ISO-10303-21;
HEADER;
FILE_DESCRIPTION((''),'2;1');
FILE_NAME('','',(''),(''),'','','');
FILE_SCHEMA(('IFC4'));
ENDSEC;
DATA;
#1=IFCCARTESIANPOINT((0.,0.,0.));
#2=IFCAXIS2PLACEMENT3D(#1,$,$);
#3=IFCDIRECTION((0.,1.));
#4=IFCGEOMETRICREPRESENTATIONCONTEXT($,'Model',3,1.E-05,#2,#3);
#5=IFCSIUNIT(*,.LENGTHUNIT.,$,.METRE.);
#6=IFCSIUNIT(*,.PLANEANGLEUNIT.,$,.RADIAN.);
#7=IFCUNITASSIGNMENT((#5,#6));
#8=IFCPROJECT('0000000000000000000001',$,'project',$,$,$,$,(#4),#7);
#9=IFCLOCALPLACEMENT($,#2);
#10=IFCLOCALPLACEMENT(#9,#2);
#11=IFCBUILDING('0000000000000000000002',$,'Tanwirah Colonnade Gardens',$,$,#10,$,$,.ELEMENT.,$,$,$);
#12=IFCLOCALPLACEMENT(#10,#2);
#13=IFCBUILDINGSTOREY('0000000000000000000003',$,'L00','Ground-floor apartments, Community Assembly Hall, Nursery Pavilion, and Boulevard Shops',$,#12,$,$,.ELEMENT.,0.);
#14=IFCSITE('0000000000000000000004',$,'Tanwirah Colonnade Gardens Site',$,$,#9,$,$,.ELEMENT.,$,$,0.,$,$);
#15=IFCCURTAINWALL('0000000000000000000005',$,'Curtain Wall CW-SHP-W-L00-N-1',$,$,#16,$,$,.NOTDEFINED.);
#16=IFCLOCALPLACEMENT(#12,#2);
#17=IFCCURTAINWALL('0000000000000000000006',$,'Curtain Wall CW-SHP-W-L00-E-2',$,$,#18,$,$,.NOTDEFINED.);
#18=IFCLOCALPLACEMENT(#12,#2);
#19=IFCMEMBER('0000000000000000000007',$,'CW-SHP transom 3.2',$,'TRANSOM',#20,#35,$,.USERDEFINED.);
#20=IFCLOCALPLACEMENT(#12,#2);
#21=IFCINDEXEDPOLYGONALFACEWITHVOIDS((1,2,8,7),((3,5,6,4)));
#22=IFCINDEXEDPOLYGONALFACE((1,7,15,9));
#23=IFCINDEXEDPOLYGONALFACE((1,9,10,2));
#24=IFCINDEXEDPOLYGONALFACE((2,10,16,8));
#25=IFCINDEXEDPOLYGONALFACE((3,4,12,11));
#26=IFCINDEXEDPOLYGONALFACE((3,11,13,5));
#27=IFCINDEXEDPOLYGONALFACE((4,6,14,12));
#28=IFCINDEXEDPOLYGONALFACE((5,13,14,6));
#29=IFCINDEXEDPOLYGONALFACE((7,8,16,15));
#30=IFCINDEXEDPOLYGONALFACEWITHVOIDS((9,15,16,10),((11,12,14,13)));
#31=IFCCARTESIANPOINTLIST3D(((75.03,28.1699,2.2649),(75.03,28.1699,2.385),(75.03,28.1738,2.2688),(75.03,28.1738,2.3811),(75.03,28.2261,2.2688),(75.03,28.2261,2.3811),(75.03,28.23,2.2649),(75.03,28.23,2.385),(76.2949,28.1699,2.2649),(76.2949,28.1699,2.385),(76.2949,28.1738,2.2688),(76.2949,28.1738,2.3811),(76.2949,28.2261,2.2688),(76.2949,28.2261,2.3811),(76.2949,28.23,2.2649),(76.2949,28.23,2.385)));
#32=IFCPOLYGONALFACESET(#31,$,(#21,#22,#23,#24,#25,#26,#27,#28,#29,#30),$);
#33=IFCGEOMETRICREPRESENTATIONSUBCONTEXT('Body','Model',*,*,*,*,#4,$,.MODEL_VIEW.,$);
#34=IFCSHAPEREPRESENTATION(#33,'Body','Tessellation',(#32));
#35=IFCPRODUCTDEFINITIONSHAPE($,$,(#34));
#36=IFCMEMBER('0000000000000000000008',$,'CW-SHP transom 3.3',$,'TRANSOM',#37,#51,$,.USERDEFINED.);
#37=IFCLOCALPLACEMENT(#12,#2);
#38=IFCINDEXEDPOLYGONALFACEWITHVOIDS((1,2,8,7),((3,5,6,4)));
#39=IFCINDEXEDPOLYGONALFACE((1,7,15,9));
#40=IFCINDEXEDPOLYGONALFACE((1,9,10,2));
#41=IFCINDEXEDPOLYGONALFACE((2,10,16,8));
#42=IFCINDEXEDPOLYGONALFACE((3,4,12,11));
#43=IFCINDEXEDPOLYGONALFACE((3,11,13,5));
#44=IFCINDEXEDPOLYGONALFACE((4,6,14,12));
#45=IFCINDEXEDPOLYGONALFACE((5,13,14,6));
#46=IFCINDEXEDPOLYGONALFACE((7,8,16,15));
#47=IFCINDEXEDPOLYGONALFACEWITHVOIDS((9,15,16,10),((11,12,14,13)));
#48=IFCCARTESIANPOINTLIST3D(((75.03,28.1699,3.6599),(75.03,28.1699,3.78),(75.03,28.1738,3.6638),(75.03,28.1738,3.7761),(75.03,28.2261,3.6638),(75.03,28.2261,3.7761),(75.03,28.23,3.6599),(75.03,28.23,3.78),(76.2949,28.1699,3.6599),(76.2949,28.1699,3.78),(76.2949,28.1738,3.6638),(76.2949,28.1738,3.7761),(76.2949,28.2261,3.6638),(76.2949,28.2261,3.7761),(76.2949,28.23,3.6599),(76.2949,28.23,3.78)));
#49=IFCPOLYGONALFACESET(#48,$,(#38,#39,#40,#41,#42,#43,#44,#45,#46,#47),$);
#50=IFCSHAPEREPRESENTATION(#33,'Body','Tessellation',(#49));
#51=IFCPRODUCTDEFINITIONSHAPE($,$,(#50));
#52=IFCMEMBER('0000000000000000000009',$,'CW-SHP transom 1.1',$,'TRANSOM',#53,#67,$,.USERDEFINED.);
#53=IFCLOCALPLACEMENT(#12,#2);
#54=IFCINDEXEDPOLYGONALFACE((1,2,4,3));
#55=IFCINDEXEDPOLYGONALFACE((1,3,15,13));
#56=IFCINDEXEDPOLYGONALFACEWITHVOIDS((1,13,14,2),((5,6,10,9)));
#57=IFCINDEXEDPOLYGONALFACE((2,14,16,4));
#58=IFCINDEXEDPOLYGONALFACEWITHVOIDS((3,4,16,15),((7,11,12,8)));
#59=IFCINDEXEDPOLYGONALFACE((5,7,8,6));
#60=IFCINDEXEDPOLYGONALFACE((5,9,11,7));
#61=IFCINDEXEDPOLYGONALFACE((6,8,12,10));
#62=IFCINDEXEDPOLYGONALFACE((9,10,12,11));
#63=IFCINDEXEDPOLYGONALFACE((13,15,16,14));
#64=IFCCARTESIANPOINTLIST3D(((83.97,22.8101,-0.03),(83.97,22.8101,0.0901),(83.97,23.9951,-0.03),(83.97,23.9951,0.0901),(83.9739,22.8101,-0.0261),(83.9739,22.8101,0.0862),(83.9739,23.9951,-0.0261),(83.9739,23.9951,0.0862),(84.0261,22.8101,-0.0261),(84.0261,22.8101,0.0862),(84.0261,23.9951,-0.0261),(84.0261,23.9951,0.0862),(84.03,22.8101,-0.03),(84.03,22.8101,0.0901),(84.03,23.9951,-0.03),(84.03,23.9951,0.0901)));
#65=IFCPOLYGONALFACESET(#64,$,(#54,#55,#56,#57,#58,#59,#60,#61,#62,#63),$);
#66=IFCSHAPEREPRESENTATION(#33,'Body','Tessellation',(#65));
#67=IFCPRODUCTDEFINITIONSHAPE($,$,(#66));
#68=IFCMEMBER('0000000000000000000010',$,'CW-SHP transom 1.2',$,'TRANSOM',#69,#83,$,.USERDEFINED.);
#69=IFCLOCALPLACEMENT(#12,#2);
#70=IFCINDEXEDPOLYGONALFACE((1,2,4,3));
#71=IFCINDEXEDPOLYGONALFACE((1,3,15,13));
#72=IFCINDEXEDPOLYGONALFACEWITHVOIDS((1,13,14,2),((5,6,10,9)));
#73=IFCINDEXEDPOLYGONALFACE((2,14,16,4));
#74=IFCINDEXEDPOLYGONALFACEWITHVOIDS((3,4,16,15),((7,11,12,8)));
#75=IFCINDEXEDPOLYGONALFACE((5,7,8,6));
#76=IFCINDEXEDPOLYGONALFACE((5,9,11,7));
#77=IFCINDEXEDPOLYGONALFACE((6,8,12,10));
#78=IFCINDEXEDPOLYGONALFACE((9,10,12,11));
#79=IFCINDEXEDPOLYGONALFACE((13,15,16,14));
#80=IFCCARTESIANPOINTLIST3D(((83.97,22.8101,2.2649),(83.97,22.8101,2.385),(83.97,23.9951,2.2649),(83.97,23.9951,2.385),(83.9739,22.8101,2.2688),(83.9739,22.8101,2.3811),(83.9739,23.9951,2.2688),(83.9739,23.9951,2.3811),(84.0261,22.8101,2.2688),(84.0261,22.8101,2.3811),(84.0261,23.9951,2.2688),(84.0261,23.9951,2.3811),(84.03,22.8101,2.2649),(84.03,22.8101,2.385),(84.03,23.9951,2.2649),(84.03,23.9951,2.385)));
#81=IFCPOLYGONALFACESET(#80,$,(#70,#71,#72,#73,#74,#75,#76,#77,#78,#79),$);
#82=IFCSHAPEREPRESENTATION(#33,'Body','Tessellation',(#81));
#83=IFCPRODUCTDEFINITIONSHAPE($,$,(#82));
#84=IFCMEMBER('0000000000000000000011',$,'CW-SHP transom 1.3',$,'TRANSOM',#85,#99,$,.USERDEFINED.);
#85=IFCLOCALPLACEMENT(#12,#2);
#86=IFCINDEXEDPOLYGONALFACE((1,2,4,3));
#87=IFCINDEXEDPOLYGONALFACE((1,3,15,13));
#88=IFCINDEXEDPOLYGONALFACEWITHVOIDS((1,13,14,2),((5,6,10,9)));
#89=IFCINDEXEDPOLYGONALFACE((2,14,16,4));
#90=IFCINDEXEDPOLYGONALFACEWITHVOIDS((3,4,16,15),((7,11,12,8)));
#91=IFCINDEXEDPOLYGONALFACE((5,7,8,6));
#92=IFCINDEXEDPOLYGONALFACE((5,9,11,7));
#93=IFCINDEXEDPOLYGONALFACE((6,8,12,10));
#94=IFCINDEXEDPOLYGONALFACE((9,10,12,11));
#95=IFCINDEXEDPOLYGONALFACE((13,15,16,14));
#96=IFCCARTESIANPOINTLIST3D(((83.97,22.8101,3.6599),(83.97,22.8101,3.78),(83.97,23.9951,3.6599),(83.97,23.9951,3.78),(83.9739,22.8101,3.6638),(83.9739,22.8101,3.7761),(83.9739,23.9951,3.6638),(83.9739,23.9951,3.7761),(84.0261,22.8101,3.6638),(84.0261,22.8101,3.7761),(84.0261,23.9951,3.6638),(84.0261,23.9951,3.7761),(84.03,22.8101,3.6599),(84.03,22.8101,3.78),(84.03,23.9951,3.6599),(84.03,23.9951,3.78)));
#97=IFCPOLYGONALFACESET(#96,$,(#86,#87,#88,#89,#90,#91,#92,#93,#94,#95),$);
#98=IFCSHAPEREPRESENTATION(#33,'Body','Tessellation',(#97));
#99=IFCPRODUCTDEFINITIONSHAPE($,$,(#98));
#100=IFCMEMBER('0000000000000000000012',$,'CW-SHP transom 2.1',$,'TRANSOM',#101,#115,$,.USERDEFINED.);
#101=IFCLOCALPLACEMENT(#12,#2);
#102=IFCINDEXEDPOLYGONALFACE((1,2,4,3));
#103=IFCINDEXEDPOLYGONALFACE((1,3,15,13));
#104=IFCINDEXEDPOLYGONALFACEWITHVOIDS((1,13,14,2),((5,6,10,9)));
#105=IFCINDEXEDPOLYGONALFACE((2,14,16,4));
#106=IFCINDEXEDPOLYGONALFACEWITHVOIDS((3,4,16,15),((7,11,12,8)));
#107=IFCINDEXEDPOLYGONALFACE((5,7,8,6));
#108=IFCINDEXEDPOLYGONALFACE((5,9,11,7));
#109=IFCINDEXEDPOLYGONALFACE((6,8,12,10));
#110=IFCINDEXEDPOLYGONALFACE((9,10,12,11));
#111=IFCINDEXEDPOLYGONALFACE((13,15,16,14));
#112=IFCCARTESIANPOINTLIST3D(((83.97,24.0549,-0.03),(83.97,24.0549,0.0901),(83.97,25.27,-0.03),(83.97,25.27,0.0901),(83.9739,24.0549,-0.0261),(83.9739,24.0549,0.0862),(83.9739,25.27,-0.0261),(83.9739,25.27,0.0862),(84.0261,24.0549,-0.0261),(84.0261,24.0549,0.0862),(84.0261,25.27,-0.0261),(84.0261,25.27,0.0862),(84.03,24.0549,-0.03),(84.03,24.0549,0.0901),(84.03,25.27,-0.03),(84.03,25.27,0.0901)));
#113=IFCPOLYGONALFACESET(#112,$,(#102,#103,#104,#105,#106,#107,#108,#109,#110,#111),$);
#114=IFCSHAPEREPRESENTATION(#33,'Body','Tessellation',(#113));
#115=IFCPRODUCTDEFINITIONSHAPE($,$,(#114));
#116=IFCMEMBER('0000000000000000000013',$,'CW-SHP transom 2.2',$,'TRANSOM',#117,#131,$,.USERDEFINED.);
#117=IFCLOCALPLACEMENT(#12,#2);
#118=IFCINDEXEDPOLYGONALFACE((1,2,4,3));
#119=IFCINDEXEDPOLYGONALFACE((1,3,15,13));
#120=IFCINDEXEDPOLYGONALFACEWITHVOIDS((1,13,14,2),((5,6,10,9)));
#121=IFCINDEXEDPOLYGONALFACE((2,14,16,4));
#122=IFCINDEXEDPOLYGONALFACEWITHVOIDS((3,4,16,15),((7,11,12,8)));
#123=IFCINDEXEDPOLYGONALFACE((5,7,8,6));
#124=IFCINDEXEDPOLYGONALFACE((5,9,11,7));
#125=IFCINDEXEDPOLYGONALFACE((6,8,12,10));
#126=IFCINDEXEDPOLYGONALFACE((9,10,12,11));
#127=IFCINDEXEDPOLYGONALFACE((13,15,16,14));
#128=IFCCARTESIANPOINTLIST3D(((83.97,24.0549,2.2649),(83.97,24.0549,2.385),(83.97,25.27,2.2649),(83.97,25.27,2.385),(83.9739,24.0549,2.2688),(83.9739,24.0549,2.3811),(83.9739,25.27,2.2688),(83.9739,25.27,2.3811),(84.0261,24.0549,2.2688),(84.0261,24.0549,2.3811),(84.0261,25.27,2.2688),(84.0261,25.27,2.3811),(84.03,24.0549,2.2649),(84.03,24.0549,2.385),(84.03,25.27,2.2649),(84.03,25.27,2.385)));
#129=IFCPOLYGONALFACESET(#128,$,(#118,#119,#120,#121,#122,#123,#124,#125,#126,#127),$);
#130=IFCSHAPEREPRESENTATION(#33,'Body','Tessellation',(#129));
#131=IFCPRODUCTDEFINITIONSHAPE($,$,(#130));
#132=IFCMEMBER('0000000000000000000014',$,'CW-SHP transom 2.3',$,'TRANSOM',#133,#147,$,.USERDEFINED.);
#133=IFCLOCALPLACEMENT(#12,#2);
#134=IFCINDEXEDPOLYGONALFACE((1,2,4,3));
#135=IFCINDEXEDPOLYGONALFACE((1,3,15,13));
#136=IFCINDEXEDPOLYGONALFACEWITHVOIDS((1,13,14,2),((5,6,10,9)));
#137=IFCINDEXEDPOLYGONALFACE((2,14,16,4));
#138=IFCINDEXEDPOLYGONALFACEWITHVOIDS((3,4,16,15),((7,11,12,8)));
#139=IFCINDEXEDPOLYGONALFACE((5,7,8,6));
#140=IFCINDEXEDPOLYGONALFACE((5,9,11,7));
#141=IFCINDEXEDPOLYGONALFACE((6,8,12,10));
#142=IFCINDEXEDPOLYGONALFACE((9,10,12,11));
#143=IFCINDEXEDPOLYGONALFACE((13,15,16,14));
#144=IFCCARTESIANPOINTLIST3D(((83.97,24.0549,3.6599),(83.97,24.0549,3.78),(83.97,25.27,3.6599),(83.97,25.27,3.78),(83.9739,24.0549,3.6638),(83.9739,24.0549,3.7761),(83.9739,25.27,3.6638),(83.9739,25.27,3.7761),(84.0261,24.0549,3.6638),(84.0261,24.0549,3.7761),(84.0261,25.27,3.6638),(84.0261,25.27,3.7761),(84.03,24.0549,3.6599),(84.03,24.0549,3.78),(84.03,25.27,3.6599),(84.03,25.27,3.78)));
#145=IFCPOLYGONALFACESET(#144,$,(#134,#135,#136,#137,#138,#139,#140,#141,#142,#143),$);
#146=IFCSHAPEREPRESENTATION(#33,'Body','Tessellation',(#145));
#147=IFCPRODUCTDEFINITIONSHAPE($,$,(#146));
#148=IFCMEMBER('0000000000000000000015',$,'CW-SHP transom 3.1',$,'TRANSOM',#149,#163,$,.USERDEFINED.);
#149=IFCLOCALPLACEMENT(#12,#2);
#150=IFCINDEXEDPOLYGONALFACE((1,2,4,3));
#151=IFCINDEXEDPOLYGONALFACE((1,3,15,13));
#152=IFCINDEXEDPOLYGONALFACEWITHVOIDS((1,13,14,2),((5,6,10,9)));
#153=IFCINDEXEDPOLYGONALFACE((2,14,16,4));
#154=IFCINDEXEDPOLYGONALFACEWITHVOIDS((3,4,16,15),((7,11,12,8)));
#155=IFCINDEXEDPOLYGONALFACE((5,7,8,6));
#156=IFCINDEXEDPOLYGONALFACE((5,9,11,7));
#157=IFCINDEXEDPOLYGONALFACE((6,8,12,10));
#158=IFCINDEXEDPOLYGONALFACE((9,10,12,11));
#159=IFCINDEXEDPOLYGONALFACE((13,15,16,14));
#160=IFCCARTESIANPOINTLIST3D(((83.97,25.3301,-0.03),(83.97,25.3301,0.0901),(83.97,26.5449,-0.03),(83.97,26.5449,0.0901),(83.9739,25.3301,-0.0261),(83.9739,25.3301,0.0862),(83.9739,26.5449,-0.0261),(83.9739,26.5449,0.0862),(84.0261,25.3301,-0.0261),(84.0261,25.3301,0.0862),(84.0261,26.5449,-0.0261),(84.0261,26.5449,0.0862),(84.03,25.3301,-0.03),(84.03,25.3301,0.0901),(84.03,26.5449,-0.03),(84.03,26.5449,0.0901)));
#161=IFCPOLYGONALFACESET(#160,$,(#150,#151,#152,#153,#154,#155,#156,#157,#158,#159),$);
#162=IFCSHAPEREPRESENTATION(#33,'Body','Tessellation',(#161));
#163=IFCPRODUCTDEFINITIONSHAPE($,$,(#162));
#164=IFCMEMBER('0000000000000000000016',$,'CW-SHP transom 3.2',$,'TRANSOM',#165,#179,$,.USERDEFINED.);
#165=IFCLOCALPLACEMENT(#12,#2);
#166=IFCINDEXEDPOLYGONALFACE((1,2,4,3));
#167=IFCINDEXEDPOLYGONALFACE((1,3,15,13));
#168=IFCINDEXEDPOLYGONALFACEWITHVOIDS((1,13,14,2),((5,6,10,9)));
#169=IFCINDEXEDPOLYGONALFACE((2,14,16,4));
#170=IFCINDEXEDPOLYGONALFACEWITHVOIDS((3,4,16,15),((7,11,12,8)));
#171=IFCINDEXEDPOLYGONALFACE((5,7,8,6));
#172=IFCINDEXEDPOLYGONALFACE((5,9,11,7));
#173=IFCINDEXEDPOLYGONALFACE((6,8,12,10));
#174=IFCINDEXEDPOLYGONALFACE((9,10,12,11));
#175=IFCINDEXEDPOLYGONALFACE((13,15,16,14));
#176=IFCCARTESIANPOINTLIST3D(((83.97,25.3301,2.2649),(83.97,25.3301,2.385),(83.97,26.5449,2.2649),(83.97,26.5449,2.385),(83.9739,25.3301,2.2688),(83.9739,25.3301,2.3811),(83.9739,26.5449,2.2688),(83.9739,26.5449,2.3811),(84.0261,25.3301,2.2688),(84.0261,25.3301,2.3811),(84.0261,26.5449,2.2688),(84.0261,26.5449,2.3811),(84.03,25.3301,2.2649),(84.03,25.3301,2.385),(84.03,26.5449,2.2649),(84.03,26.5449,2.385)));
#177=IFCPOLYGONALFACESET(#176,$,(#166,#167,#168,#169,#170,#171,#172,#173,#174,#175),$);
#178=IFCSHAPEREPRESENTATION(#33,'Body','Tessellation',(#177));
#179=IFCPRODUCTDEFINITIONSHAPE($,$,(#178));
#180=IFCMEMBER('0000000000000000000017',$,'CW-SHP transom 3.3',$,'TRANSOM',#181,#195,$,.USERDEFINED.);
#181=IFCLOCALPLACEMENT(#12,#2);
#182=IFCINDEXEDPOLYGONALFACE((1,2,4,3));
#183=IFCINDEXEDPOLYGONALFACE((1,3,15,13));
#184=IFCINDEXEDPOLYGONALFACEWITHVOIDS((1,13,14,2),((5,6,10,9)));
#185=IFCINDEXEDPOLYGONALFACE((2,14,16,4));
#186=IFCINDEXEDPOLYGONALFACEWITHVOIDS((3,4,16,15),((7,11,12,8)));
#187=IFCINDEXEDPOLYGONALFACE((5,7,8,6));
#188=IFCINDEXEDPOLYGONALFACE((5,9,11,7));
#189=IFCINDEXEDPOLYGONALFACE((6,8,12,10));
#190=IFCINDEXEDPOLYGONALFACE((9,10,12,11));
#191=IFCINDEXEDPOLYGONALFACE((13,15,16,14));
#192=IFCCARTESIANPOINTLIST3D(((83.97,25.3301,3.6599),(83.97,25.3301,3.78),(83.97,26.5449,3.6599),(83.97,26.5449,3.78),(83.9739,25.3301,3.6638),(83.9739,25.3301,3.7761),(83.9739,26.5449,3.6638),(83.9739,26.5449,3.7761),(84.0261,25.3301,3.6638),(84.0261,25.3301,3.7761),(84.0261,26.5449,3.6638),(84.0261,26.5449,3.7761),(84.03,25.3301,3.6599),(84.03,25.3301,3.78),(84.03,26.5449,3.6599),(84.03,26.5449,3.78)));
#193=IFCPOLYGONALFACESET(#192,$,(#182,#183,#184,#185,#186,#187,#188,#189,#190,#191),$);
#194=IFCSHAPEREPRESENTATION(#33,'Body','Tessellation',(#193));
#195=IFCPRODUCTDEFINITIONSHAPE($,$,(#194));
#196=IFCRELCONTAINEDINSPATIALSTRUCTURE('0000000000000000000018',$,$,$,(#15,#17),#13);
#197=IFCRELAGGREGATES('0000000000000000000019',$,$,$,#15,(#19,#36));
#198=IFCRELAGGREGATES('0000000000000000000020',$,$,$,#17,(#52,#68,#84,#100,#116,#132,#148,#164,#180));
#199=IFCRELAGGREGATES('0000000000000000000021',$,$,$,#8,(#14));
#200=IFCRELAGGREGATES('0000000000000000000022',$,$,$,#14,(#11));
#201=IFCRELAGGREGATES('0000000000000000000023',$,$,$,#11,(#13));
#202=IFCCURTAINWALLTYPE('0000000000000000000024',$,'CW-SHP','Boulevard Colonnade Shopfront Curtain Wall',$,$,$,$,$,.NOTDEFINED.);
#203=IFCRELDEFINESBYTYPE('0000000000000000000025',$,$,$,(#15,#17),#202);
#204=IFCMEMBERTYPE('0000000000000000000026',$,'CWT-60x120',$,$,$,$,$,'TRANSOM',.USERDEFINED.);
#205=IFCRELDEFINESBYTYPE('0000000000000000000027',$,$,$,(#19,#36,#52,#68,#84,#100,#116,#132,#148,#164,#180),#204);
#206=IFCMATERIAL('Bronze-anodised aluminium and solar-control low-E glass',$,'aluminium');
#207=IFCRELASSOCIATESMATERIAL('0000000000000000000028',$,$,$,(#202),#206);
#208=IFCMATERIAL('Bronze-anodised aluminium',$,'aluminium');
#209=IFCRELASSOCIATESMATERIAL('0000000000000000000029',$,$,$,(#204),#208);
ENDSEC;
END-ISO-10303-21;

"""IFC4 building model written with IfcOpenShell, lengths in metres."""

from ifc_helpers import new_model, si_unit, direction, frame, origin, origin_2d, place, context, subcontext, project, spatial, hollow_rectangle, extrude, material, material_profile, profile_set, type_object, element, aggregate, save


model = new_model("IFC4")

# Units and contexts
model_context = context("Model", 3, precision=1e-05, world=origin(), true_north=direction((0.0, 1.0)))
body_context = subcontext(model_context, "Body", "Model", "MODEL_VIEW")
ifc_project = project(units=[si_unit("LENGTHUNIT", "METRE"), si_unit("PLANEANGLEUNIT", "RADIAN")], contexts=[model_context])

# Site, building, storey
site_placement = place(None, origin())
site = spatial("IfcSite", under=ifc_project, at=site_placement, Name="Tanwirah Colonnade Gardens Site", CompositionType="ELEMENT", RefElevation=0.0)
building_placement = place(site_placement, origin())
building = spatial("IfcBuilding", under=site, at=building_placement, Name="Tanwirah Colonnade Gardens", CompositionType="ELEMENT")
storey_placement = place(building_placement, origin())
storey = spatial("IfcBuildingStorey", under=building, at=storey_placement, Name="L00", Description="Ground-floor apartments, Community Assembly Hall, Nursery Pavilion, and Boulevard Shops", CompositionType="ELEMENT", Elevation=0.0)

# Curtain walls
ifc_material_1 = material(Name="Bronze-anodised aluminium and solar-control low-E glass", Category="aluminium")
curtain_wall_type = type_object("IfcCurtainWallType", Name="CW-SHP", Description="Boulevard Colonnade Shopfront Curtain Wall", PredefinedType="NOTDEFINED", material=ifc_material_1)
curtain_wall_1_placement = place(storey_placement, origin())
curtain_wall_1 = element("IfcCurtainWall", 1, at=curtain_wall_1_placement, inside=storey, type_object=curtain_wall_type, Name="Curtain Wall CW-SHP-W-L00-N-1", PredefinedType="NOTDEFINED")
ifc_material_2 = material(Name="Bronze-anodised aluminium", Category="aluminium")
curtain_wall_2_placement = place(storey_placement, origin())
curtain_wall_2 = element("IfcCurtainWall", 2, at=curtain_wall_2_placement, inside=storey, type_object=curtain_wall_type, Name="Curtain Wall CW-SHP-W-L00-E-2", PredefinedType="NOTDEFINED")

# Members
ifc_material_profile_1 = material_profile(ifc_material_2, hollow_rectangle(XDim=0.0601, YDim=0.1201, WallThickness=0.0039, at=origin_2d()), Name="CW-TRN 60x120x4")
ifc_profile_set_1 = profile_set([ifc_material_profile_1], Name="Bronze-anodised aluminium")
member_type_1 = type_object("IfcMemberType", Name="CWT-60x120", ElementType="TRANSOM", PredefinedType="USERDEFINED", material=ifc_profile_set_1)
member_1_placement = place(storey_placement, frame((75.03, 28.2, 2.325), z_axis=(1.0, 0.0, 0.0), x_axis=(0.0, 1.0, 0.0)))
member_1 = element("IfcMember", 3, at=member_1_placement, type_object=member_type_1, Name="CW-SHP transom 3.2", ObjectType="TRANSOM", PredefinedType="USERDEFINED", context=body_context, shape_type="SweptSolid", body=[
    extrude(hollow_rectangle(XDim=0.0601, YDim=0.1201, WallThickness=0.0039, at=origin_2d()), origin(), (0.0, 0.0, 1.0), 1.2649),
])
member_2_placement = place(storey_placement, frame((75.03, 28.2, 3.72), z_axis=(1.0, 0.0, 0.0), x_axis=(0.0, 1.0, 0.0)))
member_2 = element("IfcMember", 4, at=member_2_placement, type_object=member_type_1, Name="CW-SHP transom 3.3", ObjectType="TRANSOM", PredefinedType="USERDEFINED", context=body_context, shape_type="SweptSolid", body=[
    extrude(hollow_rectangle(XDim=0.0601, YDim=0.1201, WallThickness=0.0039, at=origin_2d()), origin(), (0.0, 0.0, 1.0), 1.2649),
])
member_3_placement = place(storey_placement, frame((84.0, 22.8101, 0.03), z_axis=(0.0, 1.0, 0.0), x_axis=(-1.0, 0.0, 0.0)))
member_3 = element("IfcMember", 5, at=member_3_placement, type_object=member_type_1, Name="CW-SHP transom 1.1", ObjectType="TRANSOM", PredefinedType="USERDEFINED", context=body_context, shape_type="SweptSolid", body=[
    extrude(hollow_rectangle(XDim=0.0601, YDim=0.1201, WallThickness=0.0039, at=origin_2d()), origin(), (0.0, 0.0, 1.0), 1.1851),
])
member_4_placement = place(storey_placement, frame((84.0, 22.8101, 2.325), z_axis=(0.0, 1.0, 0.0), x_axis=(-1.0, 0.0, 0.0)))
member_4 = element("IfcMember", 6, at=member_4_placement, type_object=member_type_1, Name="CW-SHP transom 1.2", ObjectType="TRANSOM", PredefinedType="USERDEFINED", context=body_context, shape_type="SweptSolid", body=[
    extrude(hollow_rectangle(XDim=0.0601, YDim=0.1201, WallThickness=0.0039, at=origin_2d()), origin(), (0.0, 0.0, 1.0), 1.1851),
])
member_5_placement = place(storey_placement, frame((84.0, 22.8101, 3.72), z_axis=(0.0, 1.0, 0.0), x_axis=(-1.0, 0.0, 0.0)))
member_5 = element("IfcMember", 7, at=member_5_placement, type_object=member_type_1, Name="CW-SHP transom 1.3", ObjectType="TRANSOM", PredefinedType="USERDEFINED", context=body_context, shape_type="SweptSolid", body=[
    extrude(hollow_rectangle(XDim=0.0601, YDim=0.1201, WallThickness=0.0039, at=origin_2d()), origin(), (0.0, 0.0, 1.0), 1.1851),
])
member_6_placement = place(storey_placement, frame((84.0, 24.0549, 0.03), z_axis=(0.0, 1.0, 0.0), x_axis=(-1.0, 0.0, 0.0)))
member_6 = element("IfcMember", 8, at=member_6_placement, type_object=member_type_1, Name="CW-SHP transom 2.1", ObjectType="TRANSOM", PredefinedType="USERDEFINED", context=body_context, shape_type="SweptSolid", body=[
    extrude(hollow_rectangle(XDim=0.0601, YDim=0.1201, WallThickness=0.0039, at=origin_2d()), origin(), (0.0, 0.0, 1.0), 1.2151),
])
member_7_placement = place(storey_placement, frame((84.0, 24.0549, 2.325), z_axis=(0.0, 1.0, 0.0), x_axis=(-1.0, 0.0, 0.0)))
member_7 = element("IfcMember", 9, at=member_7_placement, type_object=member_type_1, Name="CW-SHP transom 2.2", ObjectType="TRANSOM", PredefinedType="USERDEFINED", context=body_context, shape_type="SweptSolid", body=[
    extrude(hollow_rectangle(XDim=0.0601, YDim=0.1201, WallThickness=0.0039, at=origin_2d()), origin(), (0.0, 0.0, 1.0), 1.2151),
])
member_8_placement = place(storey_placement, frame((84.0, 24.0549, 3.72), z_axis=(0.0, 1.0, 0.0), x_axis=(-1.0, 0.0, 0.0)))
member_8 = element("IfcMember", 10, at=member_8_placement, type_object=member_type_1, Name="CW-SHP transom 2.3", ObjectType="TRANSOM", PredefinedType="USERDEFINED", context=body_context, shape_type="SweptSolid", body=[
    extrude(hollow_rectangle(XDim=0.0601, YDim=0.1201, WallThickness=0.0039, at=origin_2d()), origin(), (0.0, 0.0, 1.0), 1.2151),
])
member_9_placement = place(storey_placement, frame((84.0, 25.3301, 0.03), z_axis=(0.0, 1.0, 0.0), x_axis=(-1.0, 0.0, 0.0)))
member_9 = element("IfcMember", 11, at=member_9_placement, type_object=member_type_1, Name="CW-SHP transom 3.1", ObjectType="TRANSOM", PredefinedType="USERDEFINED", context=body_context, shape_type="SweptSolid", body=[
    extrude(hollow_rectangle(XDim=0.0601, YDim=0.1201, WallThickness=0.0039, at=origin_2d()), origin(), (0.0, 0.0, 1.0), 1.2148),
])
member_10_placement = place(storey_placement, frame((84.0, 25.3301, 2.325), z_axis=(0.0, 1.0, 0.0), x_axis=(-1.0, 0.0, 0.0)))
member_10 = element("IfcMember", 12, at=member_10_placement, type_object=member_type_1, Name="CW-SHP transom 3.2", ObjectType="TRANSOM", PredefinedType="USERDEFINED", context=body_context, shape_type="SweptSolid", body=[
    extrude(hollow_rectangle(XDim=0.0601, YDim=0.1201, WallThickness=0.0039, at=origin_2d()), origin(), (0.0, 0.0, 1.0), 1.2148),
])
member_11_placement = place(storey_placement, frame((84.0, 25.3301, 3.72), z_axis=(0.0, 1.0, 0.0), x_axis=(-1.0, 0.0, 0.0)))
member_11 = element("IfcMember", 13, at=member_11_placement, type_object=member_type_1, Name="CW-SHP transom 3.3", ObjectType="TRANSOM", PredefinedType="USERDEFINED", context=body_context, shape_type="SweptSolid", body=[
    extrude(hollow_rectangle(XDim=0.0601, YDim=0.1201, WallThickness=0.0039, at=origin_2d()), origin(), (0.0, 0.0, 1.0), 1.2148),
])

aggregate(curtain_wall_1, [member_1, member_2])
aggregate(curtain_wall_2, [member_3, member_4, member_5, member_6, member_7, member_8, member_9, member_10, member_11])

save(model, "model.ifc")
